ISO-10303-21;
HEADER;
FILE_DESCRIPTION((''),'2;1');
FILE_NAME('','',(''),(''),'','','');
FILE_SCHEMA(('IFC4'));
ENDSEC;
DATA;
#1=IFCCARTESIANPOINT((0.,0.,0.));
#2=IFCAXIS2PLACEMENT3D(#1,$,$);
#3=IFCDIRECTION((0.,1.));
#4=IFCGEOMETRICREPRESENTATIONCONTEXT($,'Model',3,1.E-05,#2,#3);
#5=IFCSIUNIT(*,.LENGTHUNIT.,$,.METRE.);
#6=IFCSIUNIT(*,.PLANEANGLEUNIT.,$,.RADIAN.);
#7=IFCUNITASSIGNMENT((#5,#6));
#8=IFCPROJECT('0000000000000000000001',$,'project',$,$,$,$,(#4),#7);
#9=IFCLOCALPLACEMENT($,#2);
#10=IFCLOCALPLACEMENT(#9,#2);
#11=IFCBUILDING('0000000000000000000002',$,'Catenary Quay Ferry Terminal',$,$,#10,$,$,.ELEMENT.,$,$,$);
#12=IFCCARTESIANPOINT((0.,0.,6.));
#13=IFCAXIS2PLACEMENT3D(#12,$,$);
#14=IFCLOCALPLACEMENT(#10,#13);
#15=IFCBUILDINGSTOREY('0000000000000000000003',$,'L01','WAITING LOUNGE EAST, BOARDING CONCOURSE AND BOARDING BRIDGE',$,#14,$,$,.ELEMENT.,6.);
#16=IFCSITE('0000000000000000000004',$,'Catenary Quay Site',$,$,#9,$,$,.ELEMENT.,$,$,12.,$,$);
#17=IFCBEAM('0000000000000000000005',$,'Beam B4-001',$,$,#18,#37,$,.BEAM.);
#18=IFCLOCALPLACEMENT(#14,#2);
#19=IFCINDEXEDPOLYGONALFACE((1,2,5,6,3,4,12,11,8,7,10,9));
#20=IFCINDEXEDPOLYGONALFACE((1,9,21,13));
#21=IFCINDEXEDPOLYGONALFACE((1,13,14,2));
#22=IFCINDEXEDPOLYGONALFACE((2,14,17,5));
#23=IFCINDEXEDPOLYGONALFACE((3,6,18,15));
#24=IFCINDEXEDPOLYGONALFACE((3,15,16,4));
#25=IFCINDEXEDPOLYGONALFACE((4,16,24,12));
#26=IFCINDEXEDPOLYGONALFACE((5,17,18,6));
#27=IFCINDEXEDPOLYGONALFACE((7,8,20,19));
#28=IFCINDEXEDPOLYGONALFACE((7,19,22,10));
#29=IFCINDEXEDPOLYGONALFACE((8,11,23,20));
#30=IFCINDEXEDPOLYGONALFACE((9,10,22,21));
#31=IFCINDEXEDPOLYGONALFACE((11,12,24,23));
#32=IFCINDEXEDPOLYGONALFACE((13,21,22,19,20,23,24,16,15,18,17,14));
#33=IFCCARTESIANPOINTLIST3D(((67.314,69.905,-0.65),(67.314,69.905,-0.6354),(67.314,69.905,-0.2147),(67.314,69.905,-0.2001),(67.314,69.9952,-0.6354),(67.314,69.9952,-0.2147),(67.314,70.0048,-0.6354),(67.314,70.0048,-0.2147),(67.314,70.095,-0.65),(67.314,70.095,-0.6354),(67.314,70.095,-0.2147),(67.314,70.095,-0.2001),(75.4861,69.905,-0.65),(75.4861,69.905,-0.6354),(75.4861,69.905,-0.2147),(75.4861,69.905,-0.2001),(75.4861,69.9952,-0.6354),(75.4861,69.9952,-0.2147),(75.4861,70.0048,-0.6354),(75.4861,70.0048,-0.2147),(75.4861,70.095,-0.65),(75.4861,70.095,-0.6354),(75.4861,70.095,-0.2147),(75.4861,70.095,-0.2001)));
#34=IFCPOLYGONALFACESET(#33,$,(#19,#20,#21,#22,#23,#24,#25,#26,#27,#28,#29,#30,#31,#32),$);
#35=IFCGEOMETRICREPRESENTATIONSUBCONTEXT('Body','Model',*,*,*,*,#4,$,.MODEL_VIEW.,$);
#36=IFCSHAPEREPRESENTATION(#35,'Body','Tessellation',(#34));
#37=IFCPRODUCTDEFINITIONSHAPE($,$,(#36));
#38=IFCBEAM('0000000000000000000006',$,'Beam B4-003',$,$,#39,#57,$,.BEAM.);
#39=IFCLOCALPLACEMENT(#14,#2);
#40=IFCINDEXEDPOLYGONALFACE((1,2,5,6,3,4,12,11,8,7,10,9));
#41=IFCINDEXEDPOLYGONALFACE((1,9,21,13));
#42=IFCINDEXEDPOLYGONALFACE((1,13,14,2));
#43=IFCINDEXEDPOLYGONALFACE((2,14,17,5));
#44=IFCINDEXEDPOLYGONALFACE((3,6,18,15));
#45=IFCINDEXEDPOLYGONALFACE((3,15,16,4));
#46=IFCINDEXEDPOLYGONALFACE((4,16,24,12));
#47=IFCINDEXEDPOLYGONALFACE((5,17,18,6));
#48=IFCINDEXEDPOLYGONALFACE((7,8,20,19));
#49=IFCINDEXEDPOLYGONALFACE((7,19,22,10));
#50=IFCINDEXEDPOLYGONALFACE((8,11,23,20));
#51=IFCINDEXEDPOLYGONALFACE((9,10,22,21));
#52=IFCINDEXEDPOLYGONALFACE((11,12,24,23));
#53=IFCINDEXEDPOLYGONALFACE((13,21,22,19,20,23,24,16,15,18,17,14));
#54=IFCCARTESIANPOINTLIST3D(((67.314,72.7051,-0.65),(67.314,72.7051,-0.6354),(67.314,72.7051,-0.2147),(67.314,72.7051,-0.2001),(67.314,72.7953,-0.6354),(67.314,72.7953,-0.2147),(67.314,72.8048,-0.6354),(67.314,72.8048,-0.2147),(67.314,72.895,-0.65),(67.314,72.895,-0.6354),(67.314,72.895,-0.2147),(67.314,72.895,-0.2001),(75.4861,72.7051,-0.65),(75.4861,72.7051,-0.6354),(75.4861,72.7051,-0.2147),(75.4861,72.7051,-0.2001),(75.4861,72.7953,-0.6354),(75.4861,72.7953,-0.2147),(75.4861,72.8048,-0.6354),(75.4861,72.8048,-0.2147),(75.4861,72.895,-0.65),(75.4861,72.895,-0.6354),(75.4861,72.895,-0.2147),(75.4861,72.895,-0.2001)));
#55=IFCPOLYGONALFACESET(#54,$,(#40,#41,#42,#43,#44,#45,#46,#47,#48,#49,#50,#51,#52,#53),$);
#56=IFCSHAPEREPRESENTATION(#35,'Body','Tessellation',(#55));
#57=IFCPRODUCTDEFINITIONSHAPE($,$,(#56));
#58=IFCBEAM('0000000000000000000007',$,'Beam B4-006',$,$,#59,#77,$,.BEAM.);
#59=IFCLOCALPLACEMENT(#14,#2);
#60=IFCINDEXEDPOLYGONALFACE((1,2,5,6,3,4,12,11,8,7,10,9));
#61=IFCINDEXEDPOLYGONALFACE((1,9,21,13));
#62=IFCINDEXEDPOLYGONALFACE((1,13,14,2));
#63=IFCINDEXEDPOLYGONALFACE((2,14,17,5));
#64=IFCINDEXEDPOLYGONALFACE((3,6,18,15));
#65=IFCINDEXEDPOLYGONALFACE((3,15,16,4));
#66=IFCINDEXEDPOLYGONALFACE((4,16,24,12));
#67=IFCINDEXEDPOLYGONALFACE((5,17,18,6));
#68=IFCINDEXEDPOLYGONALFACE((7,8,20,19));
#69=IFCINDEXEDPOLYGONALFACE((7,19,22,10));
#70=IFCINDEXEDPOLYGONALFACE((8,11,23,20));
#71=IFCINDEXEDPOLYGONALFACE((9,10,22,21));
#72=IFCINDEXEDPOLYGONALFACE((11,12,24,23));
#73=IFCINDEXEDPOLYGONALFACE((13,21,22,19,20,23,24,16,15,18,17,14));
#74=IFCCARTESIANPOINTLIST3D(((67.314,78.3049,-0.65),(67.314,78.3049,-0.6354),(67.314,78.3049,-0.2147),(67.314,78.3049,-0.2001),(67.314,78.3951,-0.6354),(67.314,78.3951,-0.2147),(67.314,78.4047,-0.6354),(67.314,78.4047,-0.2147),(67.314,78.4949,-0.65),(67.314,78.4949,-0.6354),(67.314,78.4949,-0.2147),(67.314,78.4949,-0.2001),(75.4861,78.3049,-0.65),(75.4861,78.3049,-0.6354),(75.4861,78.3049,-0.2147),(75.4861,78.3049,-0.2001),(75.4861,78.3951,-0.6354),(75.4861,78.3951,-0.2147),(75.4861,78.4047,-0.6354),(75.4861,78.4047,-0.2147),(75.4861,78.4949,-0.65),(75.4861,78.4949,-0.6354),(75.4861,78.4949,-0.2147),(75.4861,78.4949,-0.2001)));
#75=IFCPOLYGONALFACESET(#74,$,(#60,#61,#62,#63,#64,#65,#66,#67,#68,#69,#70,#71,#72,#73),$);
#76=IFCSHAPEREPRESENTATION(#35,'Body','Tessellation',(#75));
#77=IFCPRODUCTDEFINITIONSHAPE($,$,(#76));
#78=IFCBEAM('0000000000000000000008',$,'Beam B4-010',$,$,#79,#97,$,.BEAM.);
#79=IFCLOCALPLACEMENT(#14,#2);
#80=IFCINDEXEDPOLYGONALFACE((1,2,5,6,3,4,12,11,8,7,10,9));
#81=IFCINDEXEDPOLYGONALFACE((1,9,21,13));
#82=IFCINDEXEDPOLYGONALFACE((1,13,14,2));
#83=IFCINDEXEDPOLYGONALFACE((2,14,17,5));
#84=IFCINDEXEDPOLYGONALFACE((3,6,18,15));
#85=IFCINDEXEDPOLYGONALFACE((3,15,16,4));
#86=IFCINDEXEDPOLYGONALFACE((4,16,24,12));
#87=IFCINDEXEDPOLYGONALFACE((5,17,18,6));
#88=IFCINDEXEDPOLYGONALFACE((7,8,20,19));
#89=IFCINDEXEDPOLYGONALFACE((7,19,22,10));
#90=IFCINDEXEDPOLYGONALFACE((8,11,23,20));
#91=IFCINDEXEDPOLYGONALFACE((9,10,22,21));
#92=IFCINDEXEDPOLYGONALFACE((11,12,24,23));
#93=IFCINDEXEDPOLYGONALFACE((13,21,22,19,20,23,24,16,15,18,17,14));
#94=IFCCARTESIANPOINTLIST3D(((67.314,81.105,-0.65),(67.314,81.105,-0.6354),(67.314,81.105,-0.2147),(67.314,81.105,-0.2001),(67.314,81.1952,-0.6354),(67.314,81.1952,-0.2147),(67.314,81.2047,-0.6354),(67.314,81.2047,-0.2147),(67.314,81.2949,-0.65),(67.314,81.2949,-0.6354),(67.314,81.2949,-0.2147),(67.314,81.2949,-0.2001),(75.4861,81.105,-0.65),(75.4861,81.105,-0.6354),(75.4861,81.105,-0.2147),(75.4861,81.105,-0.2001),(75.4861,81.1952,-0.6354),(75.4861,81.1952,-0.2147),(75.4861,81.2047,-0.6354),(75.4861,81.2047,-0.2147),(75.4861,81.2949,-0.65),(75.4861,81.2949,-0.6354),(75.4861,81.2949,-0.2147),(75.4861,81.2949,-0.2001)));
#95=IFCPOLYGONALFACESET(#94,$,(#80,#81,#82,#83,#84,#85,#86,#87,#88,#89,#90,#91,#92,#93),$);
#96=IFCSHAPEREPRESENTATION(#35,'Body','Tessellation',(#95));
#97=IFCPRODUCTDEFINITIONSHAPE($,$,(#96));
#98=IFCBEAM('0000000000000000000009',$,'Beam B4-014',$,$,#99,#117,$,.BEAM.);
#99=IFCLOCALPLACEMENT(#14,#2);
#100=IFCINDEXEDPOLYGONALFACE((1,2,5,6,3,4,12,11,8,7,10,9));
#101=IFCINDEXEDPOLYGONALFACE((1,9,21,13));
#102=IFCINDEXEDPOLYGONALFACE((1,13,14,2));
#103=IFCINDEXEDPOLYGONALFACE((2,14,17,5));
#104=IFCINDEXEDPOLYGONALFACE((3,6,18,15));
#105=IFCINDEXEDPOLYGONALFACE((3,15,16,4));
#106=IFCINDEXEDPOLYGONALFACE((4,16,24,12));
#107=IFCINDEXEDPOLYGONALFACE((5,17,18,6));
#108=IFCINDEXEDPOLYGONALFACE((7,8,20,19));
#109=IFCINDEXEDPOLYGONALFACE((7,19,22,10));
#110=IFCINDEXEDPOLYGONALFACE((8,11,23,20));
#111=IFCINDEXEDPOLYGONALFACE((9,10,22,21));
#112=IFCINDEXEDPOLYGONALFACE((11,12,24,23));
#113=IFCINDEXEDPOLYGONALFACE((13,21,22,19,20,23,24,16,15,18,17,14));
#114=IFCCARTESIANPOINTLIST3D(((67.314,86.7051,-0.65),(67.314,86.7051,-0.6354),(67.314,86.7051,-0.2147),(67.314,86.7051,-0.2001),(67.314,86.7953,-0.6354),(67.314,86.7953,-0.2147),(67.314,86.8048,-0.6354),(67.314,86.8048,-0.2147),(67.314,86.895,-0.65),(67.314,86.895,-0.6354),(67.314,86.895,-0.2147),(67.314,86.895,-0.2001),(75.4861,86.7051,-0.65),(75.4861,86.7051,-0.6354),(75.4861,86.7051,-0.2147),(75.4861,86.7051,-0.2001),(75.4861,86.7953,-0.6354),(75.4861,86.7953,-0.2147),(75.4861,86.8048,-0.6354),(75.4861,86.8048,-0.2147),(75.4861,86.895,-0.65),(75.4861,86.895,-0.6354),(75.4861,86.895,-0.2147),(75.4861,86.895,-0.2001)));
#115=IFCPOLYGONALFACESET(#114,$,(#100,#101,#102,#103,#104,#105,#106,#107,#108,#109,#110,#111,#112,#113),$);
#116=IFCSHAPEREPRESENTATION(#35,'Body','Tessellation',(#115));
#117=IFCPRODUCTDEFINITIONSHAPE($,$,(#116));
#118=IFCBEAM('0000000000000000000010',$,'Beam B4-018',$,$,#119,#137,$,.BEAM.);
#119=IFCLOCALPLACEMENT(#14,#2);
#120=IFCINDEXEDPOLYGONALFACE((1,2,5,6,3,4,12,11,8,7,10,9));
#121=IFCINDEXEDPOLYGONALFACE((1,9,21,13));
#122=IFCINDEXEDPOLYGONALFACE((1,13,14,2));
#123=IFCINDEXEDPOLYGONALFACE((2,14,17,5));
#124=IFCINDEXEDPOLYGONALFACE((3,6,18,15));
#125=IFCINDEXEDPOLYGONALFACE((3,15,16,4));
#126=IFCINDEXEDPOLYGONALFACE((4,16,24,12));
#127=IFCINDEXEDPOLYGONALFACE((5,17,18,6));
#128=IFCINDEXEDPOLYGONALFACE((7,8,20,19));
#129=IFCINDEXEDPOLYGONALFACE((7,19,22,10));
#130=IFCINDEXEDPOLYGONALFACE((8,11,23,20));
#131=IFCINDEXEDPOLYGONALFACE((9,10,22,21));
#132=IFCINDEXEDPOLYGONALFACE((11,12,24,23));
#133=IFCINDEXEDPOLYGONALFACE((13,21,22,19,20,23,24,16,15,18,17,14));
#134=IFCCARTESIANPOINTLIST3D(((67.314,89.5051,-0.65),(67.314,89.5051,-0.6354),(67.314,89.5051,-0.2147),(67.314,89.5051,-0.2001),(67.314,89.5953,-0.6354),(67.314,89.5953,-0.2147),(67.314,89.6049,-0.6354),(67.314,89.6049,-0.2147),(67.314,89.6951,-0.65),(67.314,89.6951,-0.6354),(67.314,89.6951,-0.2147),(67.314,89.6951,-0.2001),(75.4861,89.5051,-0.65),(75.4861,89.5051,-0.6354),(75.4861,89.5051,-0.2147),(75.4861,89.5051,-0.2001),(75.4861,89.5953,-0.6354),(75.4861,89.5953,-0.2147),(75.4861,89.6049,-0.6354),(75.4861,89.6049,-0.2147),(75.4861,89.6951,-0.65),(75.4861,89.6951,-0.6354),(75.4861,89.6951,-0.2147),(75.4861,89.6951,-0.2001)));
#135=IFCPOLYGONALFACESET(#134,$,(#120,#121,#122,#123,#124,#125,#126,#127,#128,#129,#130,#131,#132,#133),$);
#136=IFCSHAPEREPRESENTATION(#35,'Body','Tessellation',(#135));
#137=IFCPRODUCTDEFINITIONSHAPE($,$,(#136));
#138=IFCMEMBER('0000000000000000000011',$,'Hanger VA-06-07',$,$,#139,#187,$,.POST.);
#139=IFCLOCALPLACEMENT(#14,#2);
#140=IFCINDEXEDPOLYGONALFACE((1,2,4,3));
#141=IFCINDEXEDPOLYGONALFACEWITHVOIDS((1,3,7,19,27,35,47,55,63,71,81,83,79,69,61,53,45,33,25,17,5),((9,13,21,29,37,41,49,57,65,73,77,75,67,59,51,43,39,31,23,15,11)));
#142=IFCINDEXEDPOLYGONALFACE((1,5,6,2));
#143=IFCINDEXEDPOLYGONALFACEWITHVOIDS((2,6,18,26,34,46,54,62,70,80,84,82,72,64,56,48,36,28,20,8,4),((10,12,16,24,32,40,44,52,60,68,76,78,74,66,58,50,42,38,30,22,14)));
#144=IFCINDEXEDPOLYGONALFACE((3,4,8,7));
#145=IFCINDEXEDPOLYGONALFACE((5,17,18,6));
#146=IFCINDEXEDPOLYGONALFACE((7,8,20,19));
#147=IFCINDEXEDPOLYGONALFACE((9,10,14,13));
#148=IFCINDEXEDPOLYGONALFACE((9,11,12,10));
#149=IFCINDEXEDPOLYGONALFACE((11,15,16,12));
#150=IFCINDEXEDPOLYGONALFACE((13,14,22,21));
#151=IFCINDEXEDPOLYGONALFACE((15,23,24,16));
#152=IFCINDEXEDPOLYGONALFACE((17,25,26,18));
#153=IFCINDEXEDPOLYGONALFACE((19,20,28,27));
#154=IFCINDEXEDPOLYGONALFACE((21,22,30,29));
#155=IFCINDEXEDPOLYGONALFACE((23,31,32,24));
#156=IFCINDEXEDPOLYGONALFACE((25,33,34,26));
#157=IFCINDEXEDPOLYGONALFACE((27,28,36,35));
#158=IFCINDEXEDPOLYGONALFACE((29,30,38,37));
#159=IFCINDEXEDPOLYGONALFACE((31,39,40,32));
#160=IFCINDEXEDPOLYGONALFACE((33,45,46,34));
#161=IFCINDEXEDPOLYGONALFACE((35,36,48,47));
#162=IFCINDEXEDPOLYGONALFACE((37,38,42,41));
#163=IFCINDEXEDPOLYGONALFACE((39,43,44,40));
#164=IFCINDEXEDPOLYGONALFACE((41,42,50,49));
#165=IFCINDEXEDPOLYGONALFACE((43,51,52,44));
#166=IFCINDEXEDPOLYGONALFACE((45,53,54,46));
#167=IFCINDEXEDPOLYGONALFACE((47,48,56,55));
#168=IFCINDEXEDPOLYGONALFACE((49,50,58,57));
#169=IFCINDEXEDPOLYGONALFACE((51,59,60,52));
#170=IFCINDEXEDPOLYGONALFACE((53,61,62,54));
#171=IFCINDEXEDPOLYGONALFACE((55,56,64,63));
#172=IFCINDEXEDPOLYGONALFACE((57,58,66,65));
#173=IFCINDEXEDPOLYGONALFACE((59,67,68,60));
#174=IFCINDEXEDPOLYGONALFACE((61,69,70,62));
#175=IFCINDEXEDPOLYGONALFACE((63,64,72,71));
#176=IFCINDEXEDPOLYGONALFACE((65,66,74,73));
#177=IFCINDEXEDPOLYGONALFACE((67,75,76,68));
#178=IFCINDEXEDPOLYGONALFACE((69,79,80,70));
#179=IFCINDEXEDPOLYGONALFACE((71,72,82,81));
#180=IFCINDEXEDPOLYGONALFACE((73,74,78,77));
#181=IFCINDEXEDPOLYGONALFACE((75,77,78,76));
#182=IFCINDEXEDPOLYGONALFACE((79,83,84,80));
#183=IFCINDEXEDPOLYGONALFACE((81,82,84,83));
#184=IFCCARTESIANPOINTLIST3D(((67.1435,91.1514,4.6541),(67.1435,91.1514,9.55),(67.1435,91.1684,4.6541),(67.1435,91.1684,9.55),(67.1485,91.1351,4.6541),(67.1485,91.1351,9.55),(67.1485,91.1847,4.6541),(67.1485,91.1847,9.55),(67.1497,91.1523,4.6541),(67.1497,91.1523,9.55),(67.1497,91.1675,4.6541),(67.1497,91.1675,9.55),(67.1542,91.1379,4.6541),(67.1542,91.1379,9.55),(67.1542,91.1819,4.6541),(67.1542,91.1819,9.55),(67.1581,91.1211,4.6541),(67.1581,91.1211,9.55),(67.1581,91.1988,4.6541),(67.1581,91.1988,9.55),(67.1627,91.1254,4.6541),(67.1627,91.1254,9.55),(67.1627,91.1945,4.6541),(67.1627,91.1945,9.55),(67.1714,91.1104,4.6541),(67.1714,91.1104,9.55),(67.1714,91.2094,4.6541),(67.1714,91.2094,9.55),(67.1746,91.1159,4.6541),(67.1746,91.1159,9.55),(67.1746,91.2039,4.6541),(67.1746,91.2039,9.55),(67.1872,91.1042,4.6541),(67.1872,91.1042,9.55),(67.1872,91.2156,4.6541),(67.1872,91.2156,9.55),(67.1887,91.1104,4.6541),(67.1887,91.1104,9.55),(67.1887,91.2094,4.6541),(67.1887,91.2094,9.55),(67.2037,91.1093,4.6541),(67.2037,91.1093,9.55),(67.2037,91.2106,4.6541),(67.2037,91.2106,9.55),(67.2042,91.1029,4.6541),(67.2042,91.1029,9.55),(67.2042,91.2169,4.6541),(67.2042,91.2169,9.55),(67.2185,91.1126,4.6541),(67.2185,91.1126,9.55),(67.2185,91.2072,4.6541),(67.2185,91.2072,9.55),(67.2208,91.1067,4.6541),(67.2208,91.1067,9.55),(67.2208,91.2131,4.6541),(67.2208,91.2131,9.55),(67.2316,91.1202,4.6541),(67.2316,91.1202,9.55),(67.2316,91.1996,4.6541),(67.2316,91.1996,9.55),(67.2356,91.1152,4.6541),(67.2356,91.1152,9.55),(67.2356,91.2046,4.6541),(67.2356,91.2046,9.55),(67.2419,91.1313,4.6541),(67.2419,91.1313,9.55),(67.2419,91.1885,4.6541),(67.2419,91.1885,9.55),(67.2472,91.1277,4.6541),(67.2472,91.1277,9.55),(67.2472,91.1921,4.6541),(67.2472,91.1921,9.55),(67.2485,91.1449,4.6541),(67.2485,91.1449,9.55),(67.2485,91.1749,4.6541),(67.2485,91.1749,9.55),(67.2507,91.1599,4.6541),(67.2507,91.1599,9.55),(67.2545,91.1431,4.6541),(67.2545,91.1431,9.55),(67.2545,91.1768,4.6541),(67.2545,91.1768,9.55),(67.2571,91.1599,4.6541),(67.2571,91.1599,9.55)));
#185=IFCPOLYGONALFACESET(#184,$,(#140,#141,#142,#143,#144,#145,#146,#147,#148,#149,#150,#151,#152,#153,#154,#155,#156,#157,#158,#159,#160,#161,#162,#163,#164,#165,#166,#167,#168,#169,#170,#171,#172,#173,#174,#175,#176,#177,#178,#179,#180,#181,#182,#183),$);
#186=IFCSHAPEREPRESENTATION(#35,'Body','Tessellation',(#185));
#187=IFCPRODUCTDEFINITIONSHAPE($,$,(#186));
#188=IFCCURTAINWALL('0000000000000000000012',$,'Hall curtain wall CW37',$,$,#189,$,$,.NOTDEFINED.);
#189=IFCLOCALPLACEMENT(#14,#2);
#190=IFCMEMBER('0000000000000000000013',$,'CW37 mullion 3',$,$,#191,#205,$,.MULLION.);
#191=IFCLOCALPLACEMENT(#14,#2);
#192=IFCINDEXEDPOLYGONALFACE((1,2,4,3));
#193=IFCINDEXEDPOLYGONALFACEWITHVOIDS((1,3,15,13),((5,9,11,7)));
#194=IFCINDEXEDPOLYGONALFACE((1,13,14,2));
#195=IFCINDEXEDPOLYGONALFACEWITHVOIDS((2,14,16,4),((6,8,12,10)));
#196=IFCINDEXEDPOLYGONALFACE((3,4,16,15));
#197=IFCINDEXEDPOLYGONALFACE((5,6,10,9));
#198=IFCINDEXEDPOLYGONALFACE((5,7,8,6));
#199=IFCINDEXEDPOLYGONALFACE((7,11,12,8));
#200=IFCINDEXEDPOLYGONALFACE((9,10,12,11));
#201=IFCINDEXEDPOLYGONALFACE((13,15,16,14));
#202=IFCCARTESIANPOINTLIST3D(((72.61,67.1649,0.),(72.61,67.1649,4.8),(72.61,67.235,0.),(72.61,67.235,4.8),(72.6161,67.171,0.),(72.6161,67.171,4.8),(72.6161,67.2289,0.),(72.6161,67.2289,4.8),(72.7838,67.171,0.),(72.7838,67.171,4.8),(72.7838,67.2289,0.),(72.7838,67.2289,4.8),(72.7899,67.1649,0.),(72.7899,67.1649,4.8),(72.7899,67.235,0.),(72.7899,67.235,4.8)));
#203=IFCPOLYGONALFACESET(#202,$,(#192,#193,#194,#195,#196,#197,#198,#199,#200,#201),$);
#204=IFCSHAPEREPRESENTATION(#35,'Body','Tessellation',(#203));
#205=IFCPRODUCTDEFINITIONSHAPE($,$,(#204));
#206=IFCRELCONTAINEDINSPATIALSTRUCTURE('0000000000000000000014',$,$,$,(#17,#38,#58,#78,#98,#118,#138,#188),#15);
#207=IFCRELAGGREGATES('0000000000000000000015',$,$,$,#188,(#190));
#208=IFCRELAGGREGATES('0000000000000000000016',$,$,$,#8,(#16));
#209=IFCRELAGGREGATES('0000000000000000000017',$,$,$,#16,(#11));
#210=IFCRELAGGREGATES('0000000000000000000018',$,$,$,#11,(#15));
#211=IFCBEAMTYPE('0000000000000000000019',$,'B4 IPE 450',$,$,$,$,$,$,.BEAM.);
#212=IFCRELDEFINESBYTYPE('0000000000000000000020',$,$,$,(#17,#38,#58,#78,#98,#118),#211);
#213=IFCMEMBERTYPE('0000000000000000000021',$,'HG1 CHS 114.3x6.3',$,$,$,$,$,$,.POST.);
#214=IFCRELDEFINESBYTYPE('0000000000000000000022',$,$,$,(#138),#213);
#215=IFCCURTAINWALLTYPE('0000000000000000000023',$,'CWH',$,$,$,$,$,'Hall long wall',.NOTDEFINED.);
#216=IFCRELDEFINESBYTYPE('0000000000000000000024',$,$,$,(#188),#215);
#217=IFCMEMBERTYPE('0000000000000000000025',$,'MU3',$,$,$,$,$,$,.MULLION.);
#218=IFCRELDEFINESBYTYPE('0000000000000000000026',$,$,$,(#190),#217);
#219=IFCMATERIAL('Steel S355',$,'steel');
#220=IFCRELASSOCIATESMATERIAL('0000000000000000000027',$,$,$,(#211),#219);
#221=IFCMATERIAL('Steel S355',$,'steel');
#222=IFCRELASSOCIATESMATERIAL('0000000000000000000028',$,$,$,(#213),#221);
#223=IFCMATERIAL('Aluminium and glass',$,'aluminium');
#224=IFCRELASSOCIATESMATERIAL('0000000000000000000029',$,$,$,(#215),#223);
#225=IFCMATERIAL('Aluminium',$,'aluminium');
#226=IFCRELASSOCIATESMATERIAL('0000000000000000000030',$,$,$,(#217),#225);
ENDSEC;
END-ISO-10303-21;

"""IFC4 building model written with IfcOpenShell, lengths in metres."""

from ifc_helpers import new_model, si_unit, direction, frame, origin, origin_2d, place, context, subcontext, project, spatial, hollow_rectangle, hollow_circle, i_section, extrude, material, material_profile, profile_set, type_object, element, aggregate, save


model = new_model("IFC4")

# Units and contexts
model_context = context("Model", 3, precision=1e-05, world=origin(), true_north=direction((0.0, 1.0)))
body_context = subcontext(model_context, "Body", "Model", "MODEL_VIEW")
ifc_project = project(units=[si_unit("LENGTHUNIT", "METRE"), si_unit("PLANEANGLEUNIT", "RADIAN")], contexts=[model_context])

# Site, building, storey
site_placement = place(None, origin())
site = spatial("IfcSite", under=ifc_project, at=site_placement, Name="Catenary Quay Site", CompositionType="ELEMENT", RefElevation=12.0)
building_placement = place(site_placement, origin())
building = spatial("IfcBuilding", under=site, at=building_placement, Name="Catenary Quay Ferry Terminal", CompositionType="ELEMENT")
storey_placement = place(building_placement, frame((0.0, 0.0, 6.0)))
storey = spatial("IfcBuildingStorey", under=building, at=storey_placement, Name="L01", Description="WAITING LOUNGE EAST, BOARDING CONCOURSE AND BOARDING BRIDGE", CompositionType="ELEMENT", Elevation=6.0)

# Beams
ifc_material_1 = material(Name="Steel S355", Category="steel")
ifc_material_profile_1 = material_profile(ifc_material_1, i_section(OverallWidth=0.1899, OverallDepth=0.45, WebThickness=0.0095, FlangeThickness=0.0146, at=origin_2d()), Name="IPE 450")
ifc_profile_set_1 = profile_set([ifc_material_profile_1], Name="Steel S355")
beam_type_1 = type_object("IfcBeamType", Name="B4 IPE 450", PredefinedType="BEAM", material=ifc_profile_set_1)
for number, where, z_axis, x_axis, name in (
    (1, (67.314, 70.0, -0.425), (1.0, 0.0, 0.0), (0.0, 1.0, 0.0), "Beam B4-001"),
    (2, (67.314, 72.8, -0.425), (1.0, 0.0, 0.0), (0.0, 1.0, 0.0), "Beam B4-003"),
    (3, (67.314, 78.3999, -0.425), (1.0, 0.0, 0.0), (0.0, 1.0, 0.0), "Beam B4-006"),
    (4, (67.314, 81.2, -0.425), (1.0, 0.0, 0.0), (0.0, 1.0, 0.0), "Beam B4-010"),
    (5, (67.314, 86.8, -0.425), (1.0, 0.0, 0.0), (0.0, 1.0, 0.0), "Beam B4-014"),
    (6, (67.314, 89.6001, -0.425), (1.0, 0.0, 0.0), (0.0, 1.0, 0.0), "Beam B4-018"),
):
    element("IfcBeam", number, at=place(storey_placement, frame(where, z_axis=z_axis, x_axis=x_axis)), inside=storey, type_object=beam_type_1, Name=name, PredefinedType="BEAM", context=body_context, shape_type="SweptSolid", body=[
        extrude(i_section(OverallWidth=0.1899, OverallDepth=0.45, WebThickness=0.0095, FlangeThickness=0.0146, at=origin_2d()), origin(), (0.0, 0.0, 1.0), 8.1721),
    ])

# Member
ifc_material_2 = material(Name="Steel S355", Category="steel")
ifc_material_profile_2 = material_profile(ifc_material_2, hollow_circle(Radius=0.0571, WallThickness=0.0063, at=origin_2d()), Name="CHS 114.3x6.3")
ifc_profile_set_2 = profile_set([ifc_material_profile_2], Name="Steel S355")
member_type_1 = type_object("IfcMemberType", Name="HG1 CHS 114.3x6.3", PredefinedType="POST", material=ifc_profile_set_2)
member_1_placement = place(storey_placement, frame((67.2, 91.1599, 4.6541), z_axis=(0.0, 0.0, 1.0), x_axis=(1.0, 0.0, 0.0)))
element("IfcMember", 7, at=member_1_placement, inside=storey, type_object=member_type_1, Name="Hanger VA-06-07", PredefinedType="POST", context=body_context, shape_type="SweptSolid", body=[
    extrude(hollow_circle(Radius=0.0571, WallThickness=0.0063, at=origin_2d()), origin(), (0.0, 0.0, 1.0), 4.896),
])

# Curtain wall, member
ifc_material_3 = material(Name="Aluminium and glass", Category="aluminium")
curtain_wall_type = type_object("IfcCurtainWallType", Name="CWH", ElementType="Hall long wall", PredefinedType="NOTDEFINED", material=ifc_material_3)
curtain_wall_placement = place(storey_placement, origin())
curtain_wall = element("IfcCurtainWall", 8, at=curtain_wall_placement, inside=storey, type_object=curtain_wall_type, Name="Hall curtain wall CW37", PredefinedType="NOTDEFINED")
ifc_material_4 = material(Name="Aluminium", Category="aluminium")
ifc_material_profile_3 = material_profile(ifc_material_4, hollow_rectangle(XDim=0.0701, YDim=0.1799, WallThickness=0.0061, at=origin_2d()), Name="MU3")
ifc_profile_set_3 = profile_set([ifc_material_profile_3], Name="Aluminium")
member_type_2 = type_object("IfcMemberType", Name="MU3", PredefinedType="MULLION", material=ifc_profile_set_3)
member_2_placement = place(storey_placement, frame((72.7, 67.2, 0.0), z_axis=(0.0, 0.0, 1.0), x_axis=(0.0, 1.0, 0.0)))
member_2 = element("IfcMember", 9, at=member_2_placement, type_object=member_type_2, Name="CW37 mullion 3", PredefinedType="MULLION", context=body_context, shape_type="SweptSolid", body=[
    extrude(hollow_rectangle(XDim=0.0701, YDim=0.1799, WallThickness=0.0061, at=origin_2d()), origin(), (0.0, 0.0, 1.0), 4.8),
])

aggregate(curtain_wall, [member_2])

save(model, "model.ifc")
